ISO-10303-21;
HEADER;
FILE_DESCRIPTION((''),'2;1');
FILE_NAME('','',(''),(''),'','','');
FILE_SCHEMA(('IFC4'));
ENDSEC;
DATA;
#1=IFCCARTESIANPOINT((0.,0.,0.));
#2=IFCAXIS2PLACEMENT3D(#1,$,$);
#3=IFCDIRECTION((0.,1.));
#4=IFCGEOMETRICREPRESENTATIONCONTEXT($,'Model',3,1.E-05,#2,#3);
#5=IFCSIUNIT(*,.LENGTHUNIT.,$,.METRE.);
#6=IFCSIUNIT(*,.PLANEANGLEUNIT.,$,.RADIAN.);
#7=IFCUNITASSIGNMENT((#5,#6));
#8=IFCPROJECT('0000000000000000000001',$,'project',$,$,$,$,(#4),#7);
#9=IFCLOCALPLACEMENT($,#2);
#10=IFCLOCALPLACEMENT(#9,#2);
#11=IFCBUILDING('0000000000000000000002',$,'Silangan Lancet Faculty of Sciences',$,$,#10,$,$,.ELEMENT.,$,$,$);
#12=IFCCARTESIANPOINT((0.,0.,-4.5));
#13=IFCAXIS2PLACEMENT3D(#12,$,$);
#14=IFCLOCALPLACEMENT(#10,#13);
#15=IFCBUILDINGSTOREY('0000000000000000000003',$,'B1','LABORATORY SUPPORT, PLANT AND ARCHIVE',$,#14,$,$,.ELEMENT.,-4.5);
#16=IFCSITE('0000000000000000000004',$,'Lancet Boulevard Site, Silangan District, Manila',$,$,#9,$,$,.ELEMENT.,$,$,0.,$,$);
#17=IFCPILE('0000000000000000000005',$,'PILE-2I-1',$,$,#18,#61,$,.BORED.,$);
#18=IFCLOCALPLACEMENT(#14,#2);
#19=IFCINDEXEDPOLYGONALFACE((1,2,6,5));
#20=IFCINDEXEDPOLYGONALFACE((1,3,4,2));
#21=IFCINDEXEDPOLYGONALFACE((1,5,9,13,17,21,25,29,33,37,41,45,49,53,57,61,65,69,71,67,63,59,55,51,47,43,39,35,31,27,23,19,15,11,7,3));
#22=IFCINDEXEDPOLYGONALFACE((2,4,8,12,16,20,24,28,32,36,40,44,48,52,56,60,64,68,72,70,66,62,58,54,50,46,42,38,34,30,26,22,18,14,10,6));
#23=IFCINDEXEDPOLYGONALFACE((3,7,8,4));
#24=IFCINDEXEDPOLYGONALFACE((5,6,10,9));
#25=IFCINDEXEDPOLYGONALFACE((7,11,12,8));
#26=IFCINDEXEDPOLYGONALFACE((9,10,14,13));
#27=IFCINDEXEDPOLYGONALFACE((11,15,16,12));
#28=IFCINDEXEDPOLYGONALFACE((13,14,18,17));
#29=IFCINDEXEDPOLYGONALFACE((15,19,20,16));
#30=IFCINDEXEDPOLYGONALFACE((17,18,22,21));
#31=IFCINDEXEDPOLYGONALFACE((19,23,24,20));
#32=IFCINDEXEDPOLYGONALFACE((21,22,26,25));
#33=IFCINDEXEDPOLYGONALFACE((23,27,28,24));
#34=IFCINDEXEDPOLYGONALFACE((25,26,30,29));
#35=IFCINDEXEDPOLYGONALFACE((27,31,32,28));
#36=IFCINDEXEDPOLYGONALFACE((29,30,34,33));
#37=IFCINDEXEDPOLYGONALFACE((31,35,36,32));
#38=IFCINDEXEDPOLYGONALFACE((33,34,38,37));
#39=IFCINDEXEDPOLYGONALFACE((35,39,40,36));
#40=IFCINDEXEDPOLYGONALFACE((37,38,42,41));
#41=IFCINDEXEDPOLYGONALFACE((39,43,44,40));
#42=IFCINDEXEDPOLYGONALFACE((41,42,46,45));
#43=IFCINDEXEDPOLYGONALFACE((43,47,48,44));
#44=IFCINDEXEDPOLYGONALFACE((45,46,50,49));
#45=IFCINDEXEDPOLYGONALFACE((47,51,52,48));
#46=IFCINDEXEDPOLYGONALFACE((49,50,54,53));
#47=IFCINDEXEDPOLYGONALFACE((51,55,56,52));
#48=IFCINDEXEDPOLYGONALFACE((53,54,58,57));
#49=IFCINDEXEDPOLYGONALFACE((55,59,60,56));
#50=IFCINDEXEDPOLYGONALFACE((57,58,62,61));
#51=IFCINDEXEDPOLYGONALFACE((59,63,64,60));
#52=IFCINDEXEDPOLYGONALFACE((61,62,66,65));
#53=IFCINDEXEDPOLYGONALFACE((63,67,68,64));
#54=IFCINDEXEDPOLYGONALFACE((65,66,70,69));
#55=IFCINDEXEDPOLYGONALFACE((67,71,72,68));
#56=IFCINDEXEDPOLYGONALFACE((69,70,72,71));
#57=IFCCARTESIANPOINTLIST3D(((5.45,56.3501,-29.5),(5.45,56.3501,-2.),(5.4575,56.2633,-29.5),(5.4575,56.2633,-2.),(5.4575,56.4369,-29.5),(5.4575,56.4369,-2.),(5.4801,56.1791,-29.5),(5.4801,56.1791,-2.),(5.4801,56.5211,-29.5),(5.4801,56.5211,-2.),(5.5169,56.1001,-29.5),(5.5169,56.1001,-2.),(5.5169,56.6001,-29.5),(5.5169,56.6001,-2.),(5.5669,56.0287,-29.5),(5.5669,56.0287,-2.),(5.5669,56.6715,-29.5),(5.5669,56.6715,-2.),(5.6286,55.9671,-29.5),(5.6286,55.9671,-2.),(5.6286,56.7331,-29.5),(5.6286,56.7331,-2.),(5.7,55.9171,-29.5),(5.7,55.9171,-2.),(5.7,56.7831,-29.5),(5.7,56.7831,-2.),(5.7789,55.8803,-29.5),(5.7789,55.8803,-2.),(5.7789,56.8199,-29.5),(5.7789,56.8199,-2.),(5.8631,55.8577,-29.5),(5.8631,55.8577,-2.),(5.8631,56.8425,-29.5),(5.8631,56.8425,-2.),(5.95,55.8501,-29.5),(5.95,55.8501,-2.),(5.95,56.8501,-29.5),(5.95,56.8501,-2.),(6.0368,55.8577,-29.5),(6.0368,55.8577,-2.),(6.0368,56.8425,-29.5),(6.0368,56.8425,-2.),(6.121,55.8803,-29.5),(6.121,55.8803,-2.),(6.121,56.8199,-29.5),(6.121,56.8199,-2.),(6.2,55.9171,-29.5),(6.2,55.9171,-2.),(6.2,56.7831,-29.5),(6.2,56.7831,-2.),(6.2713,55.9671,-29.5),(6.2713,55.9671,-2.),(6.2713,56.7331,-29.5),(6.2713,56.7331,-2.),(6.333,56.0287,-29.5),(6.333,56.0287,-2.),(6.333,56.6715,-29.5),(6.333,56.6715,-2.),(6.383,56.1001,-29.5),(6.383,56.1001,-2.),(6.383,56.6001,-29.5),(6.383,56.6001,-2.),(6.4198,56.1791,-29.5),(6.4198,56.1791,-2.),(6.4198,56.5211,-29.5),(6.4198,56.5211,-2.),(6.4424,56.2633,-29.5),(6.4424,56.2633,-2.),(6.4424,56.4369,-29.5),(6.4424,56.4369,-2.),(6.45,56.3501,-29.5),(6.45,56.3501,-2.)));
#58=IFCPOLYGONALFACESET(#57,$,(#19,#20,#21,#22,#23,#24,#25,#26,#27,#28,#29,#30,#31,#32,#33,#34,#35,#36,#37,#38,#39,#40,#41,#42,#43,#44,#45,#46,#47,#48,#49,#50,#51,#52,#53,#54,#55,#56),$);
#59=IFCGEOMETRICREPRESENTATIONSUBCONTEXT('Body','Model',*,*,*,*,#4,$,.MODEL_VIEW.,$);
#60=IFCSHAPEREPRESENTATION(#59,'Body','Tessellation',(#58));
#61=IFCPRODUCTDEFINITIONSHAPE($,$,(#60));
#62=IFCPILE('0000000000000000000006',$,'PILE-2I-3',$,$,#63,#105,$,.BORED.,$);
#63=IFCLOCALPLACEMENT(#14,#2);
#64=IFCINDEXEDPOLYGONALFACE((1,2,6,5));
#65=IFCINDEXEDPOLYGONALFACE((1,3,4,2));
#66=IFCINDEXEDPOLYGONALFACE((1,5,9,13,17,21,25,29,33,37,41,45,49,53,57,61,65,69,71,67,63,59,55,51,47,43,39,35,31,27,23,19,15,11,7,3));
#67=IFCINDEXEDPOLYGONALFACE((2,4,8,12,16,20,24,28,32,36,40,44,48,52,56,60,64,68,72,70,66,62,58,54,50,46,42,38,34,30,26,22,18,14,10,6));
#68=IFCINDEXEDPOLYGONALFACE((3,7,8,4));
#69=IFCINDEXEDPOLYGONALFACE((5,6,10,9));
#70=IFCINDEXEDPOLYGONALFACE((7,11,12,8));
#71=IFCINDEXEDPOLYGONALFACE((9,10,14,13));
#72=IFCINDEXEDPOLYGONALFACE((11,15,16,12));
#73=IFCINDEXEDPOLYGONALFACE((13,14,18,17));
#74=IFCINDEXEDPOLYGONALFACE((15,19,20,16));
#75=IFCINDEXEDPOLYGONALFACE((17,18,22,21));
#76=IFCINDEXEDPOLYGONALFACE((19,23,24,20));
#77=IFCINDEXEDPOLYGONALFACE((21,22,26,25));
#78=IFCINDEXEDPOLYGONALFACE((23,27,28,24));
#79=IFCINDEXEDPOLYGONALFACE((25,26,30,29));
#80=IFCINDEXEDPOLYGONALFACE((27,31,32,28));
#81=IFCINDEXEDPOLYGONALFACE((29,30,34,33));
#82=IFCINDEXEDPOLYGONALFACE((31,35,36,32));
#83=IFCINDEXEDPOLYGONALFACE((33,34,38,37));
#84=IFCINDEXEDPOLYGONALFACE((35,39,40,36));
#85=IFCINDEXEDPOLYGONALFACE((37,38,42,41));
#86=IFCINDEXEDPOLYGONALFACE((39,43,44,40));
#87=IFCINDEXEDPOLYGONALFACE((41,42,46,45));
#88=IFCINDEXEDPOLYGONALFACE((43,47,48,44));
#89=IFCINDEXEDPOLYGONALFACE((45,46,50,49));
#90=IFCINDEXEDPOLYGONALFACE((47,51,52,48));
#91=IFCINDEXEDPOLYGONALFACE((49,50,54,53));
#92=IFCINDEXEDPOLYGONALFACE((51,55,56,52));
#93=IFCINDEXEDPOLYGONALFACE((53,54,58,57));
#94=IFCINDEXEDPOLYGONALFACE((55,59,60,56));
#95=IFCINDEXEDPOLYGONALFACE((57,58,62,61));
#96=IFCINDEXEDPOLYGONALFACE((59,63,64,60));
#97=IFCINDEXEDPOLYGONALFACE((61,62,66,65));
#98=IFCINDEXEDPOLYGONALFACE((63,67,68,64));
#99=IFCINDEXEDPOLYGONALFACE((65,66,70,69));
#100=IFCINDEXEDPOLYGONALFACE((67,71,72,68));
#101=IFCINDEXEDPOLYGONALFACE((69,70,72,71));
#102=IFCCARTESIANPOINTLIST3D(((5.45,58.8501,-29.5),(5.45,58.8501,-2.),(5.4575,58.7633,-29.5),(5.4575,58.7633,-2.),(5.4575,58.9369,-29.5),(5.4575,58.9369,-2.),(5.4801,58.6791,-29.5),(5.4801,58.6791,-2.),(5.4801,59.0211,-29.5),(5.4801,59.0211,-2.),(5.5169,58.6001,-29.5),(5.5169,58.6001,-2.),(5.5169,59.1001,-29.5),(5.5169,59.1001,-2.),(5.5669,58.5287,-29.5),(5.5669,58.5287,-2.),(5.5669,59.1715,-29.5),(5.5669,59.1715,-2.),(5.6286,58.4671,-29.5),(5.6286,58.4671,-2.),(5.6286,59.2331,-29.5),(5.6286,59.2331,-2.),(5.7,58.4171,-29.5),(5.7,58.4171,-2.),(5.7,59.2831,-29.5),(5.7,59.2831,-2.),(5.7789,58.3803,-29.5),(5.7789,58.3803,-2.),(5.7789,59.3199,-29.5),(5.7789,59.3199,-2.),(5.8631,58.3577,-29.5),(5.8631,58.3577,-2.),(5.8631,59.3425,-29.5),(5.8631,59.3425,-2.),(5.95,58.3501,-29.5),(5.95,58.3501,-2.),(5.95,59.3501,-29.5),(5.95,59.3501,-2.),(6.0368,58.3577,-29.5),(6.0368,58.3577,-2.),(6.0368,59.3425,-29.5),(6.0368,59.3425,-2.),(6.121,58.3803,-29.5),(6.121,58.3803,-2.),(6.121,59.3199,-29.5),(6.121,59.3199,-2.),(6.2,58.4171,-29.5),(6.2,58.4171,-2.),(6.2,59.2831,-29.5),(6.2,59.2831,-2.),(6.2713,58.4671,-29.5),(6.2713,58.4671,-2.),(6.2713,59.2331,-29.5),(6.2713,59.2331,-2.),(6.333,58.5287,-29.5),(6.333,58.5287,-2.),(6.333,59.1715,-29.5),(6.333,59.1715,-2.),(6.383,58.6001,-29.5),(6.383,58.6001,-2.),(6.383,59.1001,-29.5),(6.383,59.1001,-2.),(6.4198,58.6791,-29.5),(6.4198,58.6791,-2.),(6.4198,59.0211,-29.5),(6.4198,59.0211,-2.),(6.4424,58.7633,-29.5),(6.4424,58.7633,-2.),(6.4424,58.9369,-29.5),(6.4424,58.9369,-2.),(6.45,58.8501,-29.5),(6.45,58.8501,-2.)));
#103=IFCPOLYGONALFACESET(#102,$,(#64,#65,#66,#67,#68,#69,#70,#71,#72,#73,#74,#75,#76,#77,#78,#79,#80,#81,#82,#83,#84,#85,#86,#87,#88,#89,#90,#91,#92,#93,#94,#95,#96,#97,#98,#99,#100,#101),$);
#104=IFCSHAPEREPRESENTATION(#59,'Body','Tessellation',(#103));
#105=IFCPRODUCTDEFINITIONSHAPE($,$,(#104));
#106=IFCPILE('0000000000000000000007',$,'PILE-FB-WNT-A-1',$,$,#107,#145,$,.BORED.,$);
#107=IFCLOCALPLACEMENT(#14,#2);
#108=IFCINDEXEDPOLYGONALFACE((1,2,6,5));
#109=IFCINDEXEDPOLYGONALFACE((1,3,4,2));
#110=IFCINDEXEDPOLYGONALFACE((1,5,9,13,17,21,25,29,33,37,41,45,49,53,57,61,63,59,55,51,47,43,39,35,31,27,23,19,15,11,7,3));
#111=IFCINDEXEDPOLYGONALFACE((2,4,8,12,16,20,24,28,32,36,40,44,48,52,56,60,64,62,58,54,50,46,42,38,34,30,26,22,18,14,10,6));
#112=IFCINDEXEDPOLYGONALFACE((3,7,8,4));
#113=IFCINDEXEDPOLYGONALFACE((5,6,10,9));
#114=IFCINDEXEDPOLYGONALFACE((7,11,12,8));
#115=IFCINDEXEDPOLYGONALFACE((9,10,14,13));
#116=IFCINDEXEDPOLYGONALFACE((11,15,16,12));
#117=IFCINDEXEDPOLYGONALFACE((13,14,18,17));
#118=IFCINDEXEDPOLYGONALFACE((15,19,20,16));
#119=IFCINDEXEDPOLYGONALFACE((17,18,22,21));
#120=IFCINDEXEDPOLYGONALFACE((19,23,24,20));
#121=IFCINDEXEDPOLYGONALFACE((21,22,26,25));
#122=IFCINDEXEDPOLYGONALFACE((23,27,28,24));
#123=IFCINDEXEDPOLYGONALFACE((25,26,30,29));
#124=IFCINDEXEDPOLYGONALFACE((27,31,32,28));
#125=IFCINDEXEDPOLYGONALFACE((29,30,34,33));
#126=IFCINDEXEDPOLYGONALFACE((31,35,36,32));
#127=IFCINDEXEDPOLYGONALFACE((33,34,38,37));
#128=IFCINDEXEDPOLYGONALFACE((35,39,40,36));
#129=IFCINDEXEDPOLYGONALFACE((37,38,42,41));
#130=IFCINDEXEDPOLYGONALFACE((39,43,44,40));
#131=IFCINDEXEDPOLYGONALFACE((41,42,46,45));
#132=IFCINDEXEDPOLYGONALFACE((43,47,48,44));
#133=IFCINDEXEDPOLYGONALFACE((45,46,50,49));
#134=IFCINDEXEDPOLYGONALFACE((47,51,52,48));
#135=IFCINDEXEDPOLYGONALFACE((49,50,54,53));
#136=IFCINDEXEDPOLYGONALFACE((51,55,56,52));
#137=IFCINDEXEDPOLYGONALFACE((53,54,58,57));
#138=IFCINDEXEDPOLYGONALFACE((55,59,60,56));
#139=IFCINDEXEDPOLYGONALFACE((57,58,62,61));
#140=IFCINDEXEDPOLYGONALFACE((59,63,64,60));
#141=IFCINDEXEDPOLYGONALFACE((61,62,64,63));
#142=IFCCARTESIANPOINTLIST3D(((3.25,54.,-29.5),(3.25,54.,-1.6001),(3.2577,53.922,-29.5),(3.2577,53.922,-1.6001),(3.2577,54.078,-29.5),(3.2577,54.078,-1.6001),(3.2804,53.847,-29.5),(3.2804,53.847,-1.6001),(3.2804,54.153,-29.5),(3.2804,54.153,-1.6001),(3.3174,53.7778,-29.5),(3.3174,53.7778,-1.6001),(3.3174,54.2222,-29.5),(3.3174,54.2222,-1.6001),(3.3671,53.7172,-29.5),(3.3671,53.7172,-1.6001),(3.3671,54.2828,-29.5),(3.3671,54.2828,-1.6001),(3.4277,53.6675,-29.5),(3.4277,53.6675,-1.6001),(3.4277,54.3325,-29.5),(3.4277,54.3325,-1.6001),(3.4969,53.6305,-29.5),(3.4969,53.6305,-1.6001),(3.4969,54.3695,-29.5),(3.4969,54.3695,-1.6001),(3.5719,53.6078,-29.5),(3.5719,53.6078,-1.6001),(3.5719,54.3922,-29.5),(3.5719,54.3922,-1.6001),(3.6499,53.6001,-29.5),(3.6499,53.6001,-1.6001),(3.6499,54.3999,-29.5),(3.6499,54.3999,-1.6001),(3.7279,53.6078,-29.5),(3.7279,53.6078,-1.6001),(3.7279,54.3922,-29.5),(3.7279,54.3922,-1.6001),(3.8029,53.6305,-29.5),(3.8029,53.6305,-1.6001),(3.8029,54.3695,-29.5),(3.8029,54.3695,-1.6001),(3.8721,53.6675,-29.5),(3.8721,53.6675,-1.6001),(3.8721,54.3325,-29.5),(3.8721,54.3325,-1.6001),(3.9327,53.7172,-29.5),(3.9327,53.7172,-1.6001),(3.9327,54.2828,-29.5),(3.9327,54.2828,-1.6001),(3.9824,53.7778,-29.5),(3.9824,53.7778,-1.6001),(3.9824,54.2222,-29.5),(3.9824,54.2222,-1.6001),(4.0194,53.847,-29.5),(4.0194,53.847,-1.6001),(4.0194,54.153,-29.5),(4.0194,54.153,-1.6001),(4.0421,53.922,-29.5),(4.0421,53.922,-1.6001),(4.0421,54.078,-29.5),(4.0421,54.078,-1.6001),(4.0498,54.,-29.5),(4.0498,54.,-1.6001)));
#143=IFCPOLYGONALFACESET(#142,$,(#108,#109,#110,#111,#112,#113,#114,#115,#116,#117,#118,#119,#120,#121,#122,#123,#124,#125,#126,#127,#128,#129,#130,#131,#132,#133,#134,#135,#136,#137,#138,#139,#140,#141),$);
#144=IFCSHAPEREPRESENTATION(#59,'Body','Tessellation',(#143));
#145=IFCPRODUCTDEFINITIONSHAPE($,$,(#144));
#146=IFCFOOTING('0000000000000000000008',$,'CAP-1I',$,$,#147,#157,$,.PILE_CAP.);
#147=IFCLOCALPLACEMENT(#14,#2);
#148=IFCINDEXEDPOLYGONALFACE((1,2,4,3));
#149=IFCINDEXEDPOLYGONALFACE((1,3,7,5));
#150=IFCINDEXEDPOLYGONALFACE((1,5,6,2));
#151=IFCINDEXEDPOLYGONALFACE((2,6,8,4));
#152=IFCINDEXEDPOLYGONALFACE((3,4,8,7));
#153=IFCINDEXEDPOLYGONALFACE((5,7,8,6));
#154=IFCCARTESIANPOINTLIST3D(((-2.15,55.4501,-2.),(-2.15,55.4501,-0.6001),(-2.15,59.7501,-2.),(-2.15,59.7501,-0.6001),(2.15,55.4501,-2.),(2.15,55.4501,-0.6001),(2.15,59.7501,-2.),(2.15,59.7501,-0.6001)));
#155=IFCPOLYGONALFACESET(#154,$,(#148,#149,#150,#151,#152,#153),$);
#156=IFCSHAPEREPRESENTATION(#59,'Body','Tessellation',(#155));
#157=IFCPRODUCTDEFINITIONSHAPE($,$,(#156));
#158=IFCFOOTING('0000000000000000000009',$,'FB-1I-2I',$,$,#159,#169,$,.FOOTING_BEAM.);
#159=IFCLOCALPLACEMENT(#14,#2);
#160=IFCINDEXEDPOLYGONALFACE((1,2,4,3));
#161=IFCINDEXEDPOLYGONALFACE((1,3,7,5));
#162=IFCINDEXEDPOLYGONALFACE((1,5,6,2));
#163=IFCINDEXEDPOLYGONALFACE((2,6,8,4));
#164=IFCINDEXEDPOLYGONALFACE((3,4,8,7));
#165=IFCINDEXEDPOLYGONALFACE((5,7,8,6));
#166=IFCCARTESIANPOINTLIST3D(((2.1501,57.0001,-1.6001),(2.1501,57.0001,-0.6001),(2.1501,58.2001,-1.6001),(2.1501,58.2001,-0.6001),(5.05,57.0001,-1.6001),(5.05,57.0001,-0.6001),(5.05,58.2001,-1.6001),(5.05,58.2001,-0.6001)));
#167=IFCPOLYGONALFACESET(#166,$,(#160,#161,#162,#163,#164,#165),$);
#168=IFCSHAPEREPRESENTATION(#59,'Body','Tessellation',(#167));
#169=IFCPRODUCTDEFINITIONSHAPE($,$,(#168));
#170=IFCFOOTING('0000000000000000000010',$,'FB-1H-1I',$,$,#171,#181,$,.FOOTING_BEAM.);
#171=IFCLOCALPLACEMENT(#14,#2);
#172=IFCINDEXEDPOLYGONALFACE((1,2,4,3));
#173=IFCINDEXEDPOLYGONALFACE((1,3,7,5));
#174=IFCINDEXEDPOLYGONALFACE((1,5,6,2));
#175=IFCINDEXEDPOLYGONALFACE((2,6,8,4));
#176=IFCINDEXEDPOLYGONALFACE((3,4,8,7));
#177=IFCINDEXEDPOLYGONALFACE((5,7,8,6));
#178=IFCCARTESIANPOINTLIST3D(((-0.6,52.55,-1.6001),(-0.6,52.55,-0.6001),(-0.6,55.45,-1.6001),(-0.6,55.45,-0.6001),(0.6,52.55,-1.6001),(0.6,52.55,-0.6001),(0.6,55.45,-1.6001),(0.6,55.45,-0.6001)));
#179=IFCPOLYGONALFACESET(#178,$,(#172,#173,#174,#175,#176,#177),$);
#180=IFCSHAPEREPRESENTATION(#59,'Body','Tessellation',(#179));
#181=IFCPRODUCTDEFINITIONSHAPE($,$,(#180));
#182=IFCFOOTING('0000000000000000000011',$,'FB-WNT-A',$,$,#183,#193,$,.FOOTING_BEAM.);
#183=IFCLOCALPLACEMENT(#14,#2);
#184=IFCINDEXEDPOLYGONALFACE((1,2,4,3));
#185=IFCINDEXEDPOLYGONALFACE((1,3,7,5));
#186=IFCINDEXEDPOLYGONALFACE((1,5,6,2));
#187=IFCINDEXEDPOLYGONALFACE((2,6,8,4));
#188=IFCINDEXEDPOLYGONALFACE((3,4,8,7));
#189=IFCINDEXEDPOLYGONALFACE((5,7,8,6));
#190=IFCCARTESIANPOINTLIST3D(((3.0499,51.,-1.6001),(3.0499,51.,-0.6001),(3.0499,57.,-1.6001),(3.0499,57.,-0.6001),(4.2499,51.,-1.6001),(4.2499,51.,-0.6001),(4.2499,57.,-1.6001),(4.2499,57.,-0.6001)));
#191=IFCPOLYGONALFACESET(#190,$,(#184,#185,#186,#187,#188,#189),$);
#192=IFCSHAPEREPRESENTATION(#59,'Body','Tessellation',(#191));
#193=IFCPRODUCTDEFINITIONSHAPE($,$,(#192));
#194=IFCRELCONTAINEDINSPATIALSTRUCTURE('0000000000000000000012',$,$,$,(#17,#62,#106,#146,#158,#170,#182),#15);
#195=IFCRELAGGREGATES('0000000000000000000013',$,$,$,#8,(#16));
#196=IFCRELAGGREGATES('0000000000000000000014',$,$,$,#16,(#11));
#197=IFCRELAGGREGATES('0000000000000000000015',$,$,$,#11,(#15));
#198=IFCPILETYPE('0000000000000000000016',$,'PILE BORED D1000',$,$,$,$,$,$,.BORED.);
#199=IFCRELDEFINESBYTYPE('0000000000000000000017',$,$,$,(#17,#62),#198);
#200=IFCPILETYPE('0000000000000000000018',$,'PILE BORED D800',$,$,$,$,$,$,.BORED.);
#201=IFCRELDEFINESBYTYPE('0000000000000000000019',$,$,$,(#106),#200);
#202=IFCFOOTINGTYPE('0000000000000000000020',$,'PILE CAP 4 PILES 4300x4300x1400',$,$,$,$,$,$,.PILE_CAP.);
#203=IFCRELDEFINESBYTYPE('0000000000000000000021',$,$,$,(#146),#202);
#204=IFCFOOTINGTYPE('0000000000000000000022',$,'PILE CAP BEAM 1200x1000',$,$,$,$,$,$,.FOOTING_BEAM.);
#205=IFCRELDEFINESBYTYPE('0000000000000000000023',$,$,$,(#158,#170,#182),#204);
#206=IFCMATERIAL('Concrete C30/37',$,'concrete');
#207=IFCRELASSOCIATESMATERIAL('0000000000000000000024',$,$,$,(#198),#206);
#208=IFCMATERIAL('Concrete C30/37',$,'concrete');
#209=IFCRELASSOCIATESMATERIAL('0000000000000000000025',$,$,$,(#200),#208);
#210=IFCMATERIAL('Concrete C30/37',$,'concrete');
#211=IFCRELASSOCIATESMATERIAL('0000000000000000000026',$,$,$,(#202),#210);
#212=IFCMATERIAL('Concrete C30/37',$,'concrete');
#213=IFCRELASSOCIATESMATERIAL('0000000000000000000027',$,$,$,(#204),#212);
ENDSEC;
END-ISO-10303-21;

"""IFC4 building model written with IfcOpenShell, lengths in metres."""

from ifc_helpers import new_model, si_unit, direction, frame, origin, origin_2d, place, context, subcontext, project, spatial, rectangle, circle, extrude, material, material_profile, profile_set, type_object, element, save


model = new_model("IFC4")

# Units and contexts
model_context = context("Model", 3, precision=1e-05, world=origin(), true_north=direction((0.0, 1.0)))
body_context = subcontext(model_context, "Body", "Model", "MODEL_VIEW")
ifc_project = project(units=[si_unit("LENGTHUNIT", "METRE"), si_unit("PLANEANGLEUNIT", "RADIAN")], contexts=[model_context])

# Site, building, storey
site_placement = place(None, origin())
site = spatial("IfcSite", under=ifc_project, at=site_placement, Name="Lancet Boulevard Site, Silangan District, Manila", CompositionType="ELEMENT", RefElevation=0.0)
building_placement = place(site_placement, origin())
building = spatial("IfcBuilding", under=site, at=building_placement, Name="Silangan Lancet Faculty of Sciences", CompositionType="ELEMENT")
storey_placement = place(building_placement, frame((0.0, 0.0, -4.5)))
storey = spatial("IfcBuildingStorey", under=building, at=storey_placement, Name="B1", Description="LABORATORY SUPPORT, PLANT AND ARCHIVE", CompositionType="ELEMENT", Elevation=-4.5)

# Piles
ifc_material_1 = material(Name="Concrete C30/37", Category="concrete")
ifc_material_profile_1 = material_profile(ifc_material_1, circle(Radius=0.5, at=origin_2d()), Name="BORED PILE D1000")
ifc_profile_set_1 = profile_set([ifc_material_profile_1], Name="Concrete C30/37")
pile_type_1 = type_object("IfcPileType", Name="PILE BORED D1000", PredefinedType="BORED", material=ifc_profile_set_1)
for number, where, z_axis, x_axis, name in (
    (1, (5.95, 56.3501, -2.0), (0.0, 0.0, -1.0), (1.0, 0.0, 0.0), "PILE-2I-1"),
    (2, (5.95, 58.8501, -2.0), (0.0, 0.0, -1.0), (1.0, 0.0, 0.0), "PILE-2I-3"),
):
    element("IfcPile", number, at=place(storey_placement, frame(where, z_axis=z_axis, x_axis=x_axis)), inside=storey, type_object=pile_type_1, Name=name, PredefinedType="BORED", context=body_context, shape_type="SweptSolid", body=[
        extrude(circle(Radius=0.5, at=origin_2d()), origin(), (0.0, 0.0, 1.0), 27.5),
    ])
ifc_material_2 = material(Name="Concrete C30/37", Category="concrete")
ifc_material_profile_2 = material_profile(ifc_material_2, circle(Radius=0.3999, at=origin_2d()), Name="BORED PILE D800")
ifc_profile_set_2 = profile_set([ifc_material_profile_2], Name="Concrete C30/37")
pile_type_2 = type_object("IfcPileType", Name="PILE BORED D800", PredefinedType="BORED", material=ifc_profile_set_2)
pile_placement = place(storey_placement, frame((3.6499, 54.0, -1.6001), z_axis=(0.0, 0.0, -1.0), x_axis=(1.0, 0.0, 0.0)))
element("IfcPile", 3, at=pile_placement, inside=storey, type_object=pile_type_2, Name="PILE-FB-WNT-A-1", PredefinedType="BORED", context=body_context, shape_type="SweptSolid", body=[
    extrude(circle(Radius=0.3999, at=origin_2d()), origin(), (0.0, 0.0, 1.0), 27.8999),
])

# Footings
ifc_material_3 = material(Name="Concrete C30/37", Category="concrete")
footing_type_1 = type_object("IfcFootingType", Name="PILE CAP 4 PILES 4300x4300x1400", PredefinedType="PILE_CAP", material=ifc_material_3)
footing_1_placement = place(storey_placement, frame((0.0, 57.6001, -2.0), z_axis=(0.0, 0.0, 1.0), x_axis=(1.0, 0.0, 0.0)))
element("IfcFooting", 4, at=footing_1_placement, inside=storey, type_object=footing_type_1, Name="CAP-1I", PredefinedType="PILE_CAP", context=body_context, shape_type="SweptSolid", body=[
    extrude(rectangle(XDim=4.3, YDim=4.3, at=origin_2d()), origin(), (0.0, 0.0, 1.0), 1.3999),
])
ifc_material_4 = material(Name="Concrete C30/37", Category="concrete")
footing_type_2 = type_object("IfcFootingType", Name="PILE CAP BEAM 1200x1000", PredefinedType="FOOTING_BEAM", material=ifc_material_4)
for number, where, z_axis, x_axis, name in (
    (5, (3.6001, 57.6001, -1.6001), (0.0, 0.0, 1.0), (1.0, 0.0, 0.0), "FB-1I-2I"),
    (6, (0.0, 54.0, -1.6001), (0.0, 0.0, 1.0), (0.0, 1.0, 0.0), "FB-1H-1I"),
):
    element("IfcFooting", number, at=place(storey_placement, frame(where, z_axis=z_axis, x_axis=x_axis)), inside=storey, type_object=footing_type_2, Name=name, PredefinedType="FOOTING_BEAM", context=body_context, shape_type="SweptSolid", body=[
        extrude(rectangle(XDim=2.8999, YDim=1.2, at=origin_2d()), origin(), (0.0, 0.0, 1.0), 1.0),
    ])
footing_2_placement = place(storey_placement, frame((3.6499, 54.0, -1.6001), z_axis=(0.0, 0.0, 1.0), x_axis=(0.0, 1.0, 0.0)))
element("IfcFooting", 7, at=footing_2_placement, inside=storey, type_object=footing_type_2, Name="FB-WNT-A", PredefinedType="FOOTING_BEAM", context=body_context, shape_type="SweptSolid", body=[
    extrude(rectangle(XDim=6.0, YDim=1.2, at=origin_2d()), origin(), (0.0, 0.0, 1.0), 1.0),
])

save(model, "model.ifc")
